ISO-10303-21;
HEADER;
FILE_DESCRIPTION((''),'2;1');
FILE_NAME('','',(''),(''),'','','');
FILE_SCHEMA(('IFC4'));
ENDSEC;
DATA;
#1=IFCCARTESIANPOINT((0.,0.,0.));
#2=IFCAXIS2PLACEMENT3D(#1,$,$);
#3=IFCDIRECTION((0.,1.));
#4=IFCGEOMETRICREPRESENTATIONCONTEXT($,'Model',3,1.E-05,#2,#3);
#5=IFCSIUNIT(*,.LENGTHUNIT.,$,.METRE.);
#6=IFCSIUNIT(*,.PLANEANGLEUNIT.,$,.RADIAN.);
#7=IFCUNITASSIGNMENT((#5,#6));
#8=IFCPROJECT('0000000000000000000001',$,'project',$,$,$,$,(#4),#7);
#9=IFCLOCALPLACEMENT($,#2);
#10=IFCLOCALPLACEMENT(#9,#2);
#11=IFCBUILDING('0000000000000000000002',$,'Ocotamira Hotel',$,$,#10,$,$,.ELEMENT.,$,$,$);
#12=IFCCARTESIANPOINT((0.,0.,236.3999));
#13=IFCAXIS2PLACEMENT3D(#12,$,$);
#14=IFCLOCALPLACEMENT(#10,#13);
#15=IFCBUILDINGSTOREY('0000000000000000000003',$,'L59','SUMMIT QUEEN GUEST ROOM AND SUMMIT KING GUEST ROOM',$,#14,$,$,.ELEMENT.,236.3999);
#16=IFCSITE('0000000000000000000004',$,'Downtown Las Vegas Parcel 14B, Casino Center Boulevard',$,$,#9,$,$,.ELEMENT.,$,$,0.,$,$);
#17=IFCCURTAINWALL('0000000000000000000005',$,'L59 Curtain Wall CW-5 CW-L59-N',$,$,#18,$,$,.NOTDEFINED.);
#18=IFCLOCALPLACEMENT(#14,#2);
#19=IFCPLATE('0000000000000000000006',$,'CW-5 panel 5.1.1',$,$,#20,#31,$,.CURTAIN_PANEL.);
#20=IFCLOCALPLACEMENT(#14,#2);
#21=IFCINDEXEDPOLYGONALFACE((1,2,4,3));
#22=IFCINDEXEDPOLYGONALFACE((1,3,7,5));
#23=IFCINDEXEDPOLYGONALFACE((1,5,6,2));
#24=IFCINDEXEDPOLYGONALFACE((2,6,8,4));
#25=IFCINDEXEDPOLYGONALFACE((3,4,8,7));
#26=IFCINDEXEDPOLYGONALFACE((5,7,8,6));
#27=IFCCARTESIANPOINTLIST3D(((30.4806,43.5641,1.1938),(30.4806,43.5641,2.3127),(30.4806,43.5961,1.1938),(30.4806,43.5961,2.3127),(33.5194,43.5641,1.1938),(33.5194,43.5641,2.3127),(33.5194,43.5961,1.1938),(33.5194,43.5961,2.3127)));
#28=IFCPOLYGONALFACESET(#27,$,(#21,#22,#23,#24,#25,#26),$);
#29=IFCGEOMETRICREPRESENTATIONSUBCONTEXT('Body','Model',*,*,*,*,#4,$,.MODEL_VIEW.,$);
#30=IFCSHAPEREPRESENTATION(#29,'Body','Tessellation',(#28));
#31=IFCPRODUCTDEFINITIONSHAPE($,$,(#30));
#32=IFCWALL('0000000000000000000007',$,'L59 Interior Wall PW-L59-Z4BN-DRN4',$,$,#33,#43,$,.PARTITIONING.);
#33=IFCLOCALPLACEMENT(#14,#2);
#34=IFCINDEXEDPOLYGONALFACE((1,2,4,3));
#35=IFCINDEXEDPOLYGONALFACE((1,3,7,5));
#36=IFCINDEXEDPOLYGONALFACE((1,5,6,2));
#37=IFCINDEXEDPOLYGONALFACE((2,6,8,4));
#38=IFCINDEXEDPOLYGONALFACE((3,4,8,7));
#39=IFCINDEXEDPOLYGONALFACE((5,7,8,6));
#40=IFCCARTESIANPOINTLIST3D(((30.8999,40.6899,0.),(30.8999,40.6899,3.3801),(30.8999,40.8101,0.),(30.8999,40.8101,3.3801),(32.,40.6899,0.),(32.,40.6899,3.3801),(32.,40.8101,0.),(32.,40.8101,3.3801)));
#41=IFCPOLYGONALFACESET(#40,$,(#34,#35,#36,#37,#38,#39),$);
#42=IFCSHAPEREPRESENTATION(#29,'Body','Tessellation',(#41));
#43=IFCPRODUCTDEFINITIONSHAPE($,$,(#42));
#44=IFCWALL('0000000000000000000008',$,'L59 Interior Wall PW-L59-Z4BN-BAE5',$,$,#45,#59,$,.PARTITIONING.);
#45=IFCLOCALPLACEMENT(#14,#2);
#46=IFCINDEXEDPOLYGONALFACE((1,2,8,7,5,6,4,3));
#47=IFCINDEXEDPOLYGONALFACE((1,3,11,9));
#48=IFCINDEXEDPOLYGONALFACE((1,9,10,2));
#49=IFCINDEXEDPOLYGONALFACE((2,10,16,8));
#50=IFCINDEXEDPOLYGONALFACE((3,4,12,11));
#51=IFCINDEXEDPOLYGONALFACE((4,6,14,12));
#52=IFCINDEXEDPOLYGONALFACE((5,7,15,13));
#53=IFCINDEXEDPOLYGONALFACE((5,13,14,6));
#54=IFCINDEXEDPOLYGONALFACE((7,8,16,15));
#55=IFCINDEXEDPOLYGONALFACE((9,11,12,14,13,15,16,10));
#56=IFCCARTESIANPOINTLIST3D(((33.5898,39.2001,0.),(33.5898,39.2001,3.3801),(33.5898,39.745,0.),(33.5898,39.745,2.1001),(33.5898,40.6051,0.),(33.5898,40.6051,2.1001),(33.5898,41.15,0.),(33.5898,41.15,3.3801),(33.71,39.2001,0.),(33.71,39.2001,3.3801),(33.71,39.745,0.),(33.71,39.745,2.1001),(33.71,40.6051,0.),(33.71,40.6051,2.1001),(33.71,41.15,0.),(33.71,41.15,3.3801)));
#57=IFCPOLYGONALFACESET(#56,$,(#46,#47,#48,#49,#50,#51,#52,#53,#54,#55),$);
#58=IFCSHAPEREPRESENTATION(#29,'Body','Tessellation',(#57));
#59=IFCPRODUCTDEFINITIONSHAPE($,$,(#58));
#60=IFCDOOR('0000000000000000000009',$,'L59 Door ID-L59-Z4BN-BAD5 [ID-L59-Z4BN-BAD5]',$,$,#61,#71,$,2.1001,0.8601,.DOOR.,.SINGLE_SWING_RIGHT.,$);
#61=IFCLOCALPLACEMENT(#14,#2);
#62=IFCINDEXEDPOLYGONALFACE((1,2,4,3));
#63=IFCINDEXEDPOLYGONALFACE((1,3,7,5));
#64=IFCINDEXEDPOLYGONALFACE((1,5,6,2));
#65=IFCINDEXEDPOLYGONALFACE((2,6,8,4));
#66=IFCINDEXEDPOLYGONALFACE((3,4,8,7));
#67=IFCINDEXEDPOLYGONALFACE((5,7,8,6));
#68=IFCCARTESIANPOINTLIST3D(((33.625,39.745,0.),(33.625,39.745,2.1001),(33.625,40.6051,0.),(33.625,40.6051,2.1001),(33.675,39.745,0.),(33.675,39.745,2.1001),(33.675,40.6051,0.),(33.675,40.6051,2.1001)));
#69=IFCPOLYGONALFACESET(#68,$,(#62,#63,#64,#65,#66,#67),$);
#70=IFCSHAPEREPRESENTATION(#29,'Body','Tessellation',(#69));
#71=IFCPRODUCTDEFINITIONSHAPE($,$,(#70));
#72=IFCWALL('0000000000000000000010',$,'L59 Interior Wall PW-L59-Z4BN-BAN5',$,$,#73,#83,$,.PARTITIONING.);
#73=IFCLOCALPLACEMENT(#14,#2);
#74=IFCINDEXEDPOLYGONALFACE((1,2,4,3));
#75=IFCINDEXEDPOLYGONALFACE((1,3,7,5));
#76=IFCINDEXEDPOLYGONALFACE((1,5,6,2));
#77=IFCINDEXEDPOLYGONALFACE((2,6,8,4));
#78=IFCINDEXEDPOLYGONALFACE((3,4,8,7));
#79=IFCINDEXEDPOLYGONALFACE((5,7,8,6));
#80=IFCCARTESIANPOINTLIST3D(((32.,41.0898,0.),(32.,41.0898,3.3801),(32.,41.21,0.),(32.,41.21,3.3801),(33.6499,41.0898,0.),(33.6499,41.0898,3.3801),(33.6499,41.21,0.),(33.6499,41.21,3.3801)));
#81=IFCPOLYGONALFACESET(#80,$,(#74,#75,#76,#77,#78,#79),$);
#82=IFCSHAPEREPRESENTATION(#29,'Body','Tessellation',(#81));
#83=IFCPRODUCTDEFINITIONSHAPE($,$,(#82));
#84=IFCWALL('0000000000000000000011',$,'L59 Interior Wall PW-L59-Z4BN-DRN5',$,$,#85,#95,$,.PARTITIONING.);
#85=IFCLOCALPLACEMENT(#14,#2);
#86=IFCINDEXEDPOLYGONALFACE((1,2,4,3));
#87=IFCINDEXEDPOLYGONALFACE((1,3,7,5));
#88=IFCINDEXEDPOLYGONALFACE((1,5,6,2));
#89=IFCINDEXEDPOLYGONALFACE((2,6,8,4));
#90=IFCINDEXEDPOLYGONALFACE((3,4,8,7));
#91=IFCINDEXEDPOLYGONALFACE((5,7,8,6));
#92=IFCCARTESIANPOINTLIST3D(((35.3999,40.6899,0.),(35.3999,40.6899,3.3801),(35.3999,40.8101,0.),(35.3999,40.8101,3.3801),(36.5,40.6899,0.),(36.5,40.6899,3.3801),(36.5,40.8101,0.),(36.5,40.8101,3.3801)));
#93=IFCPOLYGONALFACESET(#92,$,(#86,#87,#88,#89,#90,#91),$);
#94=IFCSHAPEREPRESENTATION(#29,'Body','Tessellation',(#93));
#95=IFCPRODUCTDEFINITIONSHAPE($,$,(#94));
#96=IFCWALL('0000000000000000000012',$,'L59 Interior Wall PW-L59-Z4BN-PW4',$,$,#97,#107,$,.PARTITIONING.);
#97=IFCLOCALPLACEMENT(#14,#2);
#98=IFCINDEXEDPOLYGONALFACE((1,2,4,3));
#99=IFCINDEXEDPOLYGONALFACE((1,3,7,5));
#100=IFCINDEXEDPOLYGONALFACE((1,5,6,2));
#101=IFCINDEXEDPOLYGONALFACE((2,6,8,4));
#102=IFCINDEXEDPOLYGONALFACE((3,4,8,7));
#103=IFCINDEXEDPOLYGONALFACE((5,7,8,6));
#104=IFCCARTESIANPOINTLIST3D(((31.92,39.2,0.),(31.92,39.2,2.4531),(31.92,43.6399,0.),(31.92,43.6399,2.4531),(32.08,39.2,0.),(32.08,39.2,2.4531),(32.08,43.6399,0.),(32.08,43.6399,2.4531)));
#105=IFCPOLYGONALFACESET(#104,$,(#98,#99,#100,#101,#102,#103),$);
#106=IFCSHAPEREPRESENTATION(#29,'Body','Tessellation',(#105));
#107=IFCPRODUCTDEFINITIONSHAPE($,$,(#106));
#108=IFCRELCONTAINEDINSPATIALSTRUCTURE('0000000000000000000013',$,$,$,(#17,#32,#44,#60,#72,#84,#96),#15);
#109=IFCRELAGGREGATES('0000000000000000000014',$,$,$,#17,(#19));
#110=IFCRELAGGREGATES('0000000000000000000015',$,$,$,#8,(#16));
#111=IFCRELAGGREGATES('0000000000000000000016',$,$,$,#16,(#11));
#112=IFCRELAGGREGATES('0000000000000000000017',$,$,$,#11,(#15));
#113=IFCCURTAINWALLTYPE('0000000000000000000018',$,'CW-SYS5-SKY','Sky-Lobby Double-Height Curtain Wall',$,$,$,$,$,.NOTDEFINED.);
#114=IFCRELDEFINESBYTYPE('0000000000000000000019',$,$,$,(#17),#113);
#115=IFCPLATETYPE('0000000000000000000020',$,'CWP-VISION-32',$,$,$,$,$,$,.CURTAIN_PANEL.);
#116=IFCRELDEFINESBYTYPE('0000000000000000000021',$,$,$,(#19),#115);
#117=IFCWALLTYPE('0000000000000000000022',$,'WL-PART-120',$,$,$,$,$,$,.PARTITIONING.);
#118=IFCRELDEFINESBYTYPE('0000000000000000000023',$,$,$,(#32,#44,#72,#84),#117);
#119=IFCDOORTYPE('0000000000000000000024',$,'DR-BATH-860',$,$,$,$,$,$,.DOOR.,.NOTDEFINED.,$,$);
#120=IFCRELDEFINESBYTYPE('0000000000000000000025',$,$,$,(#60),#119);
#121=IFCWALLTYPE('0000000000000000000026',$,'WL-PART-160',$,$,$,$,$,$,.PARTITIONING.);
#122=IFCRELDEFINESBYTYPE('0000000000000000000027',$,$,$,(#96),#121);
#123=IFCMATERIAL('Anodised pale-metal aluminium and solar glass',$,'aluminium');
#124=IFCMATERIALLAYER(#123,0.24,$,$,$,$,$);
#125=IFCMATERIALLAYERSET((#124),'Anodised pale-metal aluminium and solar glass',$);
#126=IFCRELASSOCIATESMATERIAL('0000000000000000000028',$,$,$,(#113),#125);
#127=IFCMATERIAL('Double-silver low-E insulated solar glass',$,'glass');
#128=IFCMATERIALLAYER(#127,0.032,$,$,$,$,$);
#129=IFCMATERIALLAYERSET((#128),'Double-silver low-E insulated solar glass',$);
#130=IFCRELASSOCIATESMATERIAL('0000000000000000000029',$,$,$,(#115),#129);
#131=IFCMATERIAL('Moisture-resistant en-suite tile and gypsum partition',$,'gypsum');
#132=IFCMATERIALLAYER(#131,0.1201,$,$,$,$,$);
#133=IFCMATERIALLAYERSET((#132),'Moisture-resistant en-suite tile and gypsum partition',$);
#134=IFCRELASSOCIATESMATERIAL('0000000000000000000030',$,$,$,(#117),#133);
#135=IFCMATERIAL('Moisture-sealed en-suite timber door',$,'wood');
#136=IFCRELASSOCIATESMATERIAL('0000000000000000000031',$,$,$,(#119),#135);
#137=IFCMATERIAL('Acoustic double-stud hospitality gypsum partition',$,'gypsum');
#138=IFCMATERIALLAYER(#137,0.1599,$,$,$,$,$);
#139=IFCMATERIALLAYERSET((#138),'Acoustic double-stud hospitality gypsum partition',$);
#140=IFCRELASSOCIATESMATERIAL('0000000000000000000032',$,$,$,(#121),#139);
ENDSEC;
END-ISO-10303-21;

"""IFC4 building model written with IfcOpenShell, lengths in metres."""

from ifc_helpers import new_model, si_unit, direction, frame, frame_2d, origin, origin_2d, place, context, subcontext, project, spatial, rectangle, extrude, source, transform, mapped, material, layer, layer_set, type_object, element, fill, aggregate, save


model = new_model("IFC4")

# Units and contexts
model_context = context("Model", 3, precision=1e-05, world=origin(), true_north=direction((0.0, 1.0)))
body_context = subcontext(model_context, "Body", "Model", "MODEL_VIEW")
ifc_project = project(units=[si_unit("LENGTHUNIT", "METRE"), si_unit("PLANEANGLEUNIT", "RADIAN")], contexts=[model_context])

# Site, building, storey
site_placement = place(None, origin())
site = spatial("IfcSite", under=ifc_project, at=site_placement, Name="Downtown Las Vegas Parcel 14B, Casino Center Boulevard", CompositionType="ELEMENT", RefElevation=0.0)
building_placement = place(site_placement, origin())
building = spatial("IfcBuilding", under=site, at=building_placement, Name="Ocotamira Hotel", CompositionType="ELEMENT")
storey_placement = place(building_placement, frame((0.0, 0.0, 236.3999)))
storey = spatial("IfcBuildingStorey", under=building, at=storey_placement, Name="L59", Description="SUMMIT QUEEN GUEST ROOM AND SUMMIT KING GUEST ROOM", CompositionType="ELEMENT", Elevation=236.3999)

# Curtain wall, plate
ifc_material_1 = material(Name="Anodised pale-metal aluminium and solar glass", Category="aluminium")
ifc_layer_1 = layer(ifc_material_1, 0.24)
ifc_layer_set_1 = layer_set([ifc_layer_1], Name="Anodised pale-metal aluminium and solar glass")
curtain_wall_type = type_object("IfcCurtainWallType", Name="CW-SYS5-SKY", Description="Sky-Lobby Double-Height Curtain Wall", PredefinedType="NOTDEFINED", material=ifc_layer_set_1)
curtain_wall_placement = place(storey_placement, origin())
curtain_wall = element("IfcCurtainWall", 1, at=curtain_wall_placement, inside=storey, type_object=curtain_wall_type, Name="L59 Curtain Wall CW-5 CW-L59-N", PredefinedType="NOTDEFINED")
ifc_material_2 = material(Name="Double-silver low-E insulated solar glass", Category="glass")
ifc_layer_2 = layer(ifc_material_2, 0.032)
ifc_layer_set_2 = layer_set([ifc_layer_2], Name="Double-silver low-E insulated solar glass")
plate_type = type_object("IfcPlateType", Name="CWP-VISION-32", PredefinedType="CURTAIN_PANEL", material=ifc_layer_set_2)
shared_shape_1 = source(origin(), body_context, "Body", "SweptSolid", [
    extrude(rectangle(XDim=3.0388, YDim=0.032, at=origin_2d()), origin(), (0.0, 0.0, 1.0), 1.1189),
])
plate_1_placement = place(storey_placement, frame((32.0, 43.5801, 1.1938), z_axis=(0.0, 0.0, 1.0), x_axis=(1.0, 0.0, 0.0)))
plate_1 = element("IfcPlate", 2, at=plate_1_placement, type_object=plate_type, Name="CW-5 panel 5.1.1", PredefinedType="CURTAIN_PANEL", context=body_context, shape_type="MappedRepresentation", body=[
    mapped(shared_shape_1, transform((0.0, 0.0, 0.0), scale=1.0)),
])
aggregate(curtain_wall, [plate_1])

# Wall
ifc_material_3 = material(Name="Moisture-resistant en-suite tile and gypsum partition", Category="gypsum")
ifc_layer_3 = layer(ifc_material_3, 0.1201)
ifc_layer_set_3 = layer_set([ifc_layer_3], Name="Moisture-resistant en-suite tile and gypsum partition")
wall_type_1 = type_object("IfcWallType", Name="WL-PART-120", PredefinedType="PARTITIONING", material=ifc_layer_set_3)
wall_1_placement = place(storey_placement, frame((30.8999, 40.75, 0.0), z_axis=(0.0, 0.0, 1.0), x_axis=(1.0, 0.0, 0.0)))
element("IfcWall", 3, at=wall_1_placement, inside=storey, type_object=wall_type_1, Name="L59 Interior Wall PW-L59-Z4BN-DRN4", PredefinedType="PARTITIONING", context=body_context, shape_type="SweptSolid", body=[
    extrude(rectangle(XDim=1.1001, YDim=0.1201, at=frame_2d((0.55, 0.0))), origin(), (0.0, 0.0, 1.0), 3.3801),
])

# Wall, opening, door
wall_2_placement = place(storey_placement, frame((33.6499, 39.2, 0.0), z_axis=(0.0, 0.0, 1.0), x_axis=(0.0, 1.0, 0.0)))
wall_2 = element("IfcWall", 4, at=wall_2_placement, inside=storey, type_object=wall_type_1, Name="L59 Interior Wall PW-L59-Z4BN-BAE5", PredefinedType="PARTITIONING", context=body_context, shape_type="SweptSolid", body=[
    extrude(rectangle(XDim=1.95, YDim=0.1201, at=frame_2d((0.9751, 0.0))), origin(), (0.0, 0.0, 1.0), 3.3801),
])
opening_placement = place(wall_2_placement, frame((0.5449, 0.0, 0.0)))
opening = element("IfcOpeningElement", 5, at=opening_placement, cuts=wall_2, PredefinedType="OPENING", context=body_context, shape_type="SweptSolid", body=[
    extrude(rectangle(XDim=0.8601, YDim=2.1001, at=frame_2d((0.4302, 1.05))), frame((0.0, 0.0701, 0.0), z_axis=(0.0, -1.0, 0.0), x_axis=(1.0, 0.0, 0.0)), (0.0, 0.0, 1.0), 0.1401),
])
ifc_material_4 = material(Name="Moisture-sealed en-suite timber door", Category="wood")
door_type = type_object("IfcDoorType", Name="DR-BATH-860", OperationType="NOTDEFINED", PredefinedType="DOOR", material=ifc_material_4)
shared_shape_2 = source(origin(), body_context, "Body", "SweptSolid", [
    extrude(rectangle(XDim=0.8601, YDim=2.1001, at=frame_2d((0.4302, 1.05))), frame((0.0, 0.0249, 0.0), z_axis=(0.0, -1.0, 0.0), x_axis=(1.0, 0.0, 0.0)), (0.0, 0.0, 1.0), 0.05),
])
door_placement = place(opening_placement, origin())
door = element("IfcDoor", 6, at=door_placement, inside=storey, type_object=door_type, Name="L59 Door ID-L59-Z4BN-BAD5 [ID-L59-Z4BN-BAD5]", OperationType="SINGLE_SWING_RIGHT", OverallHeight=2.1001, OverallWidth=0.8601, PredefinedType="DOOR", context=body_context, shape_type="MappedRepresentation", body=[
    mapped(shared_shape_2, transform((0.0, 0.0, 0.0), scale=1.0)),
])
fill(opening, door)

# Walls
wall_3_placement = place(storey_placement, frame((32.0, 41.1499, 0.0), z_axis=(0.0, 0.0, 1.0), x_axis=(1.0, 0.0, 0.0)))
element("IfcWall", 7, at=wall_3_placement, inside=storey, type_object=wall_type_1, Name="L59 Interior Wall PW-L59-Z4BN-BAN5", PredefinedType="PARTITIONING", context=body_context, shape_type="SweptSolid", body=[
    extrude(rectangle(XDim=1.6499, YDim=0.1201, at=frame_2d((0.825, 0.0))), origin(), (0.0, 0.0, 1.0), 3.3801),
])
wall_4_placement = place(storey_placement, frame((35.3999, 40.75, 0.0), z_axis=(0.0, 0.0, 1.0), x_axis=(1.0, 0.0, 0.0)))
element("IfcWall", 8, at=wall_4_placement, inside=storey, type_object=wall_type_1, Name="L59 Interior Wall PW-L59-Z4BN-DRN5", PredefinedType="PARTITIONING", context=body_context, shape_type="SweptSolid", body=[
    extrude(rectangle(XDim=1.1001, YDim=0.1201, at=frame_2d((0.55, 0.0))), origin(), (0.0, 0.0, 1.0), 3.3801),
])
ifc_material_5 = material(Name="Acoustic double-stud hospitality gypsum partition", Category="gypsum")
ifc_layer_4 = layer(ifc_material_5, 0.1599)
ifc_layer_set_4 = layer_set([ifc_layer_4], Name="Acoustic double-stud hospitality gypsum partition")
wall_type_2 = type_object("IfcWallType", Name="WL-PART-160", PredefinedType="PARTITIONING", material=ifc_layer_set_4)
wall_5_placement = place(storey_placement, frame((32.0, 39.2, 0.0), z_axis=(0.0, 0.0, 1.0), x_axis=(0.0, 1.0, 0.0)))
element("IfcWall", 9, at=wall_5_placement, inside=storey, type_object=wall_type_2, Name="L59 Interior Wall PW-L59-Z4BN-PW4", PredefinedType="PARTITIONING", context=body_context, shape_type="SweptSolid", body=[
    extrude(rectangle(XDim=4.4399, YDim=0.1599, at=frame_2d((2.22, 0.0))), origin(), (0.0, 0.0, 1.0), 2.4531),
])

save(model, "model.ifc")
